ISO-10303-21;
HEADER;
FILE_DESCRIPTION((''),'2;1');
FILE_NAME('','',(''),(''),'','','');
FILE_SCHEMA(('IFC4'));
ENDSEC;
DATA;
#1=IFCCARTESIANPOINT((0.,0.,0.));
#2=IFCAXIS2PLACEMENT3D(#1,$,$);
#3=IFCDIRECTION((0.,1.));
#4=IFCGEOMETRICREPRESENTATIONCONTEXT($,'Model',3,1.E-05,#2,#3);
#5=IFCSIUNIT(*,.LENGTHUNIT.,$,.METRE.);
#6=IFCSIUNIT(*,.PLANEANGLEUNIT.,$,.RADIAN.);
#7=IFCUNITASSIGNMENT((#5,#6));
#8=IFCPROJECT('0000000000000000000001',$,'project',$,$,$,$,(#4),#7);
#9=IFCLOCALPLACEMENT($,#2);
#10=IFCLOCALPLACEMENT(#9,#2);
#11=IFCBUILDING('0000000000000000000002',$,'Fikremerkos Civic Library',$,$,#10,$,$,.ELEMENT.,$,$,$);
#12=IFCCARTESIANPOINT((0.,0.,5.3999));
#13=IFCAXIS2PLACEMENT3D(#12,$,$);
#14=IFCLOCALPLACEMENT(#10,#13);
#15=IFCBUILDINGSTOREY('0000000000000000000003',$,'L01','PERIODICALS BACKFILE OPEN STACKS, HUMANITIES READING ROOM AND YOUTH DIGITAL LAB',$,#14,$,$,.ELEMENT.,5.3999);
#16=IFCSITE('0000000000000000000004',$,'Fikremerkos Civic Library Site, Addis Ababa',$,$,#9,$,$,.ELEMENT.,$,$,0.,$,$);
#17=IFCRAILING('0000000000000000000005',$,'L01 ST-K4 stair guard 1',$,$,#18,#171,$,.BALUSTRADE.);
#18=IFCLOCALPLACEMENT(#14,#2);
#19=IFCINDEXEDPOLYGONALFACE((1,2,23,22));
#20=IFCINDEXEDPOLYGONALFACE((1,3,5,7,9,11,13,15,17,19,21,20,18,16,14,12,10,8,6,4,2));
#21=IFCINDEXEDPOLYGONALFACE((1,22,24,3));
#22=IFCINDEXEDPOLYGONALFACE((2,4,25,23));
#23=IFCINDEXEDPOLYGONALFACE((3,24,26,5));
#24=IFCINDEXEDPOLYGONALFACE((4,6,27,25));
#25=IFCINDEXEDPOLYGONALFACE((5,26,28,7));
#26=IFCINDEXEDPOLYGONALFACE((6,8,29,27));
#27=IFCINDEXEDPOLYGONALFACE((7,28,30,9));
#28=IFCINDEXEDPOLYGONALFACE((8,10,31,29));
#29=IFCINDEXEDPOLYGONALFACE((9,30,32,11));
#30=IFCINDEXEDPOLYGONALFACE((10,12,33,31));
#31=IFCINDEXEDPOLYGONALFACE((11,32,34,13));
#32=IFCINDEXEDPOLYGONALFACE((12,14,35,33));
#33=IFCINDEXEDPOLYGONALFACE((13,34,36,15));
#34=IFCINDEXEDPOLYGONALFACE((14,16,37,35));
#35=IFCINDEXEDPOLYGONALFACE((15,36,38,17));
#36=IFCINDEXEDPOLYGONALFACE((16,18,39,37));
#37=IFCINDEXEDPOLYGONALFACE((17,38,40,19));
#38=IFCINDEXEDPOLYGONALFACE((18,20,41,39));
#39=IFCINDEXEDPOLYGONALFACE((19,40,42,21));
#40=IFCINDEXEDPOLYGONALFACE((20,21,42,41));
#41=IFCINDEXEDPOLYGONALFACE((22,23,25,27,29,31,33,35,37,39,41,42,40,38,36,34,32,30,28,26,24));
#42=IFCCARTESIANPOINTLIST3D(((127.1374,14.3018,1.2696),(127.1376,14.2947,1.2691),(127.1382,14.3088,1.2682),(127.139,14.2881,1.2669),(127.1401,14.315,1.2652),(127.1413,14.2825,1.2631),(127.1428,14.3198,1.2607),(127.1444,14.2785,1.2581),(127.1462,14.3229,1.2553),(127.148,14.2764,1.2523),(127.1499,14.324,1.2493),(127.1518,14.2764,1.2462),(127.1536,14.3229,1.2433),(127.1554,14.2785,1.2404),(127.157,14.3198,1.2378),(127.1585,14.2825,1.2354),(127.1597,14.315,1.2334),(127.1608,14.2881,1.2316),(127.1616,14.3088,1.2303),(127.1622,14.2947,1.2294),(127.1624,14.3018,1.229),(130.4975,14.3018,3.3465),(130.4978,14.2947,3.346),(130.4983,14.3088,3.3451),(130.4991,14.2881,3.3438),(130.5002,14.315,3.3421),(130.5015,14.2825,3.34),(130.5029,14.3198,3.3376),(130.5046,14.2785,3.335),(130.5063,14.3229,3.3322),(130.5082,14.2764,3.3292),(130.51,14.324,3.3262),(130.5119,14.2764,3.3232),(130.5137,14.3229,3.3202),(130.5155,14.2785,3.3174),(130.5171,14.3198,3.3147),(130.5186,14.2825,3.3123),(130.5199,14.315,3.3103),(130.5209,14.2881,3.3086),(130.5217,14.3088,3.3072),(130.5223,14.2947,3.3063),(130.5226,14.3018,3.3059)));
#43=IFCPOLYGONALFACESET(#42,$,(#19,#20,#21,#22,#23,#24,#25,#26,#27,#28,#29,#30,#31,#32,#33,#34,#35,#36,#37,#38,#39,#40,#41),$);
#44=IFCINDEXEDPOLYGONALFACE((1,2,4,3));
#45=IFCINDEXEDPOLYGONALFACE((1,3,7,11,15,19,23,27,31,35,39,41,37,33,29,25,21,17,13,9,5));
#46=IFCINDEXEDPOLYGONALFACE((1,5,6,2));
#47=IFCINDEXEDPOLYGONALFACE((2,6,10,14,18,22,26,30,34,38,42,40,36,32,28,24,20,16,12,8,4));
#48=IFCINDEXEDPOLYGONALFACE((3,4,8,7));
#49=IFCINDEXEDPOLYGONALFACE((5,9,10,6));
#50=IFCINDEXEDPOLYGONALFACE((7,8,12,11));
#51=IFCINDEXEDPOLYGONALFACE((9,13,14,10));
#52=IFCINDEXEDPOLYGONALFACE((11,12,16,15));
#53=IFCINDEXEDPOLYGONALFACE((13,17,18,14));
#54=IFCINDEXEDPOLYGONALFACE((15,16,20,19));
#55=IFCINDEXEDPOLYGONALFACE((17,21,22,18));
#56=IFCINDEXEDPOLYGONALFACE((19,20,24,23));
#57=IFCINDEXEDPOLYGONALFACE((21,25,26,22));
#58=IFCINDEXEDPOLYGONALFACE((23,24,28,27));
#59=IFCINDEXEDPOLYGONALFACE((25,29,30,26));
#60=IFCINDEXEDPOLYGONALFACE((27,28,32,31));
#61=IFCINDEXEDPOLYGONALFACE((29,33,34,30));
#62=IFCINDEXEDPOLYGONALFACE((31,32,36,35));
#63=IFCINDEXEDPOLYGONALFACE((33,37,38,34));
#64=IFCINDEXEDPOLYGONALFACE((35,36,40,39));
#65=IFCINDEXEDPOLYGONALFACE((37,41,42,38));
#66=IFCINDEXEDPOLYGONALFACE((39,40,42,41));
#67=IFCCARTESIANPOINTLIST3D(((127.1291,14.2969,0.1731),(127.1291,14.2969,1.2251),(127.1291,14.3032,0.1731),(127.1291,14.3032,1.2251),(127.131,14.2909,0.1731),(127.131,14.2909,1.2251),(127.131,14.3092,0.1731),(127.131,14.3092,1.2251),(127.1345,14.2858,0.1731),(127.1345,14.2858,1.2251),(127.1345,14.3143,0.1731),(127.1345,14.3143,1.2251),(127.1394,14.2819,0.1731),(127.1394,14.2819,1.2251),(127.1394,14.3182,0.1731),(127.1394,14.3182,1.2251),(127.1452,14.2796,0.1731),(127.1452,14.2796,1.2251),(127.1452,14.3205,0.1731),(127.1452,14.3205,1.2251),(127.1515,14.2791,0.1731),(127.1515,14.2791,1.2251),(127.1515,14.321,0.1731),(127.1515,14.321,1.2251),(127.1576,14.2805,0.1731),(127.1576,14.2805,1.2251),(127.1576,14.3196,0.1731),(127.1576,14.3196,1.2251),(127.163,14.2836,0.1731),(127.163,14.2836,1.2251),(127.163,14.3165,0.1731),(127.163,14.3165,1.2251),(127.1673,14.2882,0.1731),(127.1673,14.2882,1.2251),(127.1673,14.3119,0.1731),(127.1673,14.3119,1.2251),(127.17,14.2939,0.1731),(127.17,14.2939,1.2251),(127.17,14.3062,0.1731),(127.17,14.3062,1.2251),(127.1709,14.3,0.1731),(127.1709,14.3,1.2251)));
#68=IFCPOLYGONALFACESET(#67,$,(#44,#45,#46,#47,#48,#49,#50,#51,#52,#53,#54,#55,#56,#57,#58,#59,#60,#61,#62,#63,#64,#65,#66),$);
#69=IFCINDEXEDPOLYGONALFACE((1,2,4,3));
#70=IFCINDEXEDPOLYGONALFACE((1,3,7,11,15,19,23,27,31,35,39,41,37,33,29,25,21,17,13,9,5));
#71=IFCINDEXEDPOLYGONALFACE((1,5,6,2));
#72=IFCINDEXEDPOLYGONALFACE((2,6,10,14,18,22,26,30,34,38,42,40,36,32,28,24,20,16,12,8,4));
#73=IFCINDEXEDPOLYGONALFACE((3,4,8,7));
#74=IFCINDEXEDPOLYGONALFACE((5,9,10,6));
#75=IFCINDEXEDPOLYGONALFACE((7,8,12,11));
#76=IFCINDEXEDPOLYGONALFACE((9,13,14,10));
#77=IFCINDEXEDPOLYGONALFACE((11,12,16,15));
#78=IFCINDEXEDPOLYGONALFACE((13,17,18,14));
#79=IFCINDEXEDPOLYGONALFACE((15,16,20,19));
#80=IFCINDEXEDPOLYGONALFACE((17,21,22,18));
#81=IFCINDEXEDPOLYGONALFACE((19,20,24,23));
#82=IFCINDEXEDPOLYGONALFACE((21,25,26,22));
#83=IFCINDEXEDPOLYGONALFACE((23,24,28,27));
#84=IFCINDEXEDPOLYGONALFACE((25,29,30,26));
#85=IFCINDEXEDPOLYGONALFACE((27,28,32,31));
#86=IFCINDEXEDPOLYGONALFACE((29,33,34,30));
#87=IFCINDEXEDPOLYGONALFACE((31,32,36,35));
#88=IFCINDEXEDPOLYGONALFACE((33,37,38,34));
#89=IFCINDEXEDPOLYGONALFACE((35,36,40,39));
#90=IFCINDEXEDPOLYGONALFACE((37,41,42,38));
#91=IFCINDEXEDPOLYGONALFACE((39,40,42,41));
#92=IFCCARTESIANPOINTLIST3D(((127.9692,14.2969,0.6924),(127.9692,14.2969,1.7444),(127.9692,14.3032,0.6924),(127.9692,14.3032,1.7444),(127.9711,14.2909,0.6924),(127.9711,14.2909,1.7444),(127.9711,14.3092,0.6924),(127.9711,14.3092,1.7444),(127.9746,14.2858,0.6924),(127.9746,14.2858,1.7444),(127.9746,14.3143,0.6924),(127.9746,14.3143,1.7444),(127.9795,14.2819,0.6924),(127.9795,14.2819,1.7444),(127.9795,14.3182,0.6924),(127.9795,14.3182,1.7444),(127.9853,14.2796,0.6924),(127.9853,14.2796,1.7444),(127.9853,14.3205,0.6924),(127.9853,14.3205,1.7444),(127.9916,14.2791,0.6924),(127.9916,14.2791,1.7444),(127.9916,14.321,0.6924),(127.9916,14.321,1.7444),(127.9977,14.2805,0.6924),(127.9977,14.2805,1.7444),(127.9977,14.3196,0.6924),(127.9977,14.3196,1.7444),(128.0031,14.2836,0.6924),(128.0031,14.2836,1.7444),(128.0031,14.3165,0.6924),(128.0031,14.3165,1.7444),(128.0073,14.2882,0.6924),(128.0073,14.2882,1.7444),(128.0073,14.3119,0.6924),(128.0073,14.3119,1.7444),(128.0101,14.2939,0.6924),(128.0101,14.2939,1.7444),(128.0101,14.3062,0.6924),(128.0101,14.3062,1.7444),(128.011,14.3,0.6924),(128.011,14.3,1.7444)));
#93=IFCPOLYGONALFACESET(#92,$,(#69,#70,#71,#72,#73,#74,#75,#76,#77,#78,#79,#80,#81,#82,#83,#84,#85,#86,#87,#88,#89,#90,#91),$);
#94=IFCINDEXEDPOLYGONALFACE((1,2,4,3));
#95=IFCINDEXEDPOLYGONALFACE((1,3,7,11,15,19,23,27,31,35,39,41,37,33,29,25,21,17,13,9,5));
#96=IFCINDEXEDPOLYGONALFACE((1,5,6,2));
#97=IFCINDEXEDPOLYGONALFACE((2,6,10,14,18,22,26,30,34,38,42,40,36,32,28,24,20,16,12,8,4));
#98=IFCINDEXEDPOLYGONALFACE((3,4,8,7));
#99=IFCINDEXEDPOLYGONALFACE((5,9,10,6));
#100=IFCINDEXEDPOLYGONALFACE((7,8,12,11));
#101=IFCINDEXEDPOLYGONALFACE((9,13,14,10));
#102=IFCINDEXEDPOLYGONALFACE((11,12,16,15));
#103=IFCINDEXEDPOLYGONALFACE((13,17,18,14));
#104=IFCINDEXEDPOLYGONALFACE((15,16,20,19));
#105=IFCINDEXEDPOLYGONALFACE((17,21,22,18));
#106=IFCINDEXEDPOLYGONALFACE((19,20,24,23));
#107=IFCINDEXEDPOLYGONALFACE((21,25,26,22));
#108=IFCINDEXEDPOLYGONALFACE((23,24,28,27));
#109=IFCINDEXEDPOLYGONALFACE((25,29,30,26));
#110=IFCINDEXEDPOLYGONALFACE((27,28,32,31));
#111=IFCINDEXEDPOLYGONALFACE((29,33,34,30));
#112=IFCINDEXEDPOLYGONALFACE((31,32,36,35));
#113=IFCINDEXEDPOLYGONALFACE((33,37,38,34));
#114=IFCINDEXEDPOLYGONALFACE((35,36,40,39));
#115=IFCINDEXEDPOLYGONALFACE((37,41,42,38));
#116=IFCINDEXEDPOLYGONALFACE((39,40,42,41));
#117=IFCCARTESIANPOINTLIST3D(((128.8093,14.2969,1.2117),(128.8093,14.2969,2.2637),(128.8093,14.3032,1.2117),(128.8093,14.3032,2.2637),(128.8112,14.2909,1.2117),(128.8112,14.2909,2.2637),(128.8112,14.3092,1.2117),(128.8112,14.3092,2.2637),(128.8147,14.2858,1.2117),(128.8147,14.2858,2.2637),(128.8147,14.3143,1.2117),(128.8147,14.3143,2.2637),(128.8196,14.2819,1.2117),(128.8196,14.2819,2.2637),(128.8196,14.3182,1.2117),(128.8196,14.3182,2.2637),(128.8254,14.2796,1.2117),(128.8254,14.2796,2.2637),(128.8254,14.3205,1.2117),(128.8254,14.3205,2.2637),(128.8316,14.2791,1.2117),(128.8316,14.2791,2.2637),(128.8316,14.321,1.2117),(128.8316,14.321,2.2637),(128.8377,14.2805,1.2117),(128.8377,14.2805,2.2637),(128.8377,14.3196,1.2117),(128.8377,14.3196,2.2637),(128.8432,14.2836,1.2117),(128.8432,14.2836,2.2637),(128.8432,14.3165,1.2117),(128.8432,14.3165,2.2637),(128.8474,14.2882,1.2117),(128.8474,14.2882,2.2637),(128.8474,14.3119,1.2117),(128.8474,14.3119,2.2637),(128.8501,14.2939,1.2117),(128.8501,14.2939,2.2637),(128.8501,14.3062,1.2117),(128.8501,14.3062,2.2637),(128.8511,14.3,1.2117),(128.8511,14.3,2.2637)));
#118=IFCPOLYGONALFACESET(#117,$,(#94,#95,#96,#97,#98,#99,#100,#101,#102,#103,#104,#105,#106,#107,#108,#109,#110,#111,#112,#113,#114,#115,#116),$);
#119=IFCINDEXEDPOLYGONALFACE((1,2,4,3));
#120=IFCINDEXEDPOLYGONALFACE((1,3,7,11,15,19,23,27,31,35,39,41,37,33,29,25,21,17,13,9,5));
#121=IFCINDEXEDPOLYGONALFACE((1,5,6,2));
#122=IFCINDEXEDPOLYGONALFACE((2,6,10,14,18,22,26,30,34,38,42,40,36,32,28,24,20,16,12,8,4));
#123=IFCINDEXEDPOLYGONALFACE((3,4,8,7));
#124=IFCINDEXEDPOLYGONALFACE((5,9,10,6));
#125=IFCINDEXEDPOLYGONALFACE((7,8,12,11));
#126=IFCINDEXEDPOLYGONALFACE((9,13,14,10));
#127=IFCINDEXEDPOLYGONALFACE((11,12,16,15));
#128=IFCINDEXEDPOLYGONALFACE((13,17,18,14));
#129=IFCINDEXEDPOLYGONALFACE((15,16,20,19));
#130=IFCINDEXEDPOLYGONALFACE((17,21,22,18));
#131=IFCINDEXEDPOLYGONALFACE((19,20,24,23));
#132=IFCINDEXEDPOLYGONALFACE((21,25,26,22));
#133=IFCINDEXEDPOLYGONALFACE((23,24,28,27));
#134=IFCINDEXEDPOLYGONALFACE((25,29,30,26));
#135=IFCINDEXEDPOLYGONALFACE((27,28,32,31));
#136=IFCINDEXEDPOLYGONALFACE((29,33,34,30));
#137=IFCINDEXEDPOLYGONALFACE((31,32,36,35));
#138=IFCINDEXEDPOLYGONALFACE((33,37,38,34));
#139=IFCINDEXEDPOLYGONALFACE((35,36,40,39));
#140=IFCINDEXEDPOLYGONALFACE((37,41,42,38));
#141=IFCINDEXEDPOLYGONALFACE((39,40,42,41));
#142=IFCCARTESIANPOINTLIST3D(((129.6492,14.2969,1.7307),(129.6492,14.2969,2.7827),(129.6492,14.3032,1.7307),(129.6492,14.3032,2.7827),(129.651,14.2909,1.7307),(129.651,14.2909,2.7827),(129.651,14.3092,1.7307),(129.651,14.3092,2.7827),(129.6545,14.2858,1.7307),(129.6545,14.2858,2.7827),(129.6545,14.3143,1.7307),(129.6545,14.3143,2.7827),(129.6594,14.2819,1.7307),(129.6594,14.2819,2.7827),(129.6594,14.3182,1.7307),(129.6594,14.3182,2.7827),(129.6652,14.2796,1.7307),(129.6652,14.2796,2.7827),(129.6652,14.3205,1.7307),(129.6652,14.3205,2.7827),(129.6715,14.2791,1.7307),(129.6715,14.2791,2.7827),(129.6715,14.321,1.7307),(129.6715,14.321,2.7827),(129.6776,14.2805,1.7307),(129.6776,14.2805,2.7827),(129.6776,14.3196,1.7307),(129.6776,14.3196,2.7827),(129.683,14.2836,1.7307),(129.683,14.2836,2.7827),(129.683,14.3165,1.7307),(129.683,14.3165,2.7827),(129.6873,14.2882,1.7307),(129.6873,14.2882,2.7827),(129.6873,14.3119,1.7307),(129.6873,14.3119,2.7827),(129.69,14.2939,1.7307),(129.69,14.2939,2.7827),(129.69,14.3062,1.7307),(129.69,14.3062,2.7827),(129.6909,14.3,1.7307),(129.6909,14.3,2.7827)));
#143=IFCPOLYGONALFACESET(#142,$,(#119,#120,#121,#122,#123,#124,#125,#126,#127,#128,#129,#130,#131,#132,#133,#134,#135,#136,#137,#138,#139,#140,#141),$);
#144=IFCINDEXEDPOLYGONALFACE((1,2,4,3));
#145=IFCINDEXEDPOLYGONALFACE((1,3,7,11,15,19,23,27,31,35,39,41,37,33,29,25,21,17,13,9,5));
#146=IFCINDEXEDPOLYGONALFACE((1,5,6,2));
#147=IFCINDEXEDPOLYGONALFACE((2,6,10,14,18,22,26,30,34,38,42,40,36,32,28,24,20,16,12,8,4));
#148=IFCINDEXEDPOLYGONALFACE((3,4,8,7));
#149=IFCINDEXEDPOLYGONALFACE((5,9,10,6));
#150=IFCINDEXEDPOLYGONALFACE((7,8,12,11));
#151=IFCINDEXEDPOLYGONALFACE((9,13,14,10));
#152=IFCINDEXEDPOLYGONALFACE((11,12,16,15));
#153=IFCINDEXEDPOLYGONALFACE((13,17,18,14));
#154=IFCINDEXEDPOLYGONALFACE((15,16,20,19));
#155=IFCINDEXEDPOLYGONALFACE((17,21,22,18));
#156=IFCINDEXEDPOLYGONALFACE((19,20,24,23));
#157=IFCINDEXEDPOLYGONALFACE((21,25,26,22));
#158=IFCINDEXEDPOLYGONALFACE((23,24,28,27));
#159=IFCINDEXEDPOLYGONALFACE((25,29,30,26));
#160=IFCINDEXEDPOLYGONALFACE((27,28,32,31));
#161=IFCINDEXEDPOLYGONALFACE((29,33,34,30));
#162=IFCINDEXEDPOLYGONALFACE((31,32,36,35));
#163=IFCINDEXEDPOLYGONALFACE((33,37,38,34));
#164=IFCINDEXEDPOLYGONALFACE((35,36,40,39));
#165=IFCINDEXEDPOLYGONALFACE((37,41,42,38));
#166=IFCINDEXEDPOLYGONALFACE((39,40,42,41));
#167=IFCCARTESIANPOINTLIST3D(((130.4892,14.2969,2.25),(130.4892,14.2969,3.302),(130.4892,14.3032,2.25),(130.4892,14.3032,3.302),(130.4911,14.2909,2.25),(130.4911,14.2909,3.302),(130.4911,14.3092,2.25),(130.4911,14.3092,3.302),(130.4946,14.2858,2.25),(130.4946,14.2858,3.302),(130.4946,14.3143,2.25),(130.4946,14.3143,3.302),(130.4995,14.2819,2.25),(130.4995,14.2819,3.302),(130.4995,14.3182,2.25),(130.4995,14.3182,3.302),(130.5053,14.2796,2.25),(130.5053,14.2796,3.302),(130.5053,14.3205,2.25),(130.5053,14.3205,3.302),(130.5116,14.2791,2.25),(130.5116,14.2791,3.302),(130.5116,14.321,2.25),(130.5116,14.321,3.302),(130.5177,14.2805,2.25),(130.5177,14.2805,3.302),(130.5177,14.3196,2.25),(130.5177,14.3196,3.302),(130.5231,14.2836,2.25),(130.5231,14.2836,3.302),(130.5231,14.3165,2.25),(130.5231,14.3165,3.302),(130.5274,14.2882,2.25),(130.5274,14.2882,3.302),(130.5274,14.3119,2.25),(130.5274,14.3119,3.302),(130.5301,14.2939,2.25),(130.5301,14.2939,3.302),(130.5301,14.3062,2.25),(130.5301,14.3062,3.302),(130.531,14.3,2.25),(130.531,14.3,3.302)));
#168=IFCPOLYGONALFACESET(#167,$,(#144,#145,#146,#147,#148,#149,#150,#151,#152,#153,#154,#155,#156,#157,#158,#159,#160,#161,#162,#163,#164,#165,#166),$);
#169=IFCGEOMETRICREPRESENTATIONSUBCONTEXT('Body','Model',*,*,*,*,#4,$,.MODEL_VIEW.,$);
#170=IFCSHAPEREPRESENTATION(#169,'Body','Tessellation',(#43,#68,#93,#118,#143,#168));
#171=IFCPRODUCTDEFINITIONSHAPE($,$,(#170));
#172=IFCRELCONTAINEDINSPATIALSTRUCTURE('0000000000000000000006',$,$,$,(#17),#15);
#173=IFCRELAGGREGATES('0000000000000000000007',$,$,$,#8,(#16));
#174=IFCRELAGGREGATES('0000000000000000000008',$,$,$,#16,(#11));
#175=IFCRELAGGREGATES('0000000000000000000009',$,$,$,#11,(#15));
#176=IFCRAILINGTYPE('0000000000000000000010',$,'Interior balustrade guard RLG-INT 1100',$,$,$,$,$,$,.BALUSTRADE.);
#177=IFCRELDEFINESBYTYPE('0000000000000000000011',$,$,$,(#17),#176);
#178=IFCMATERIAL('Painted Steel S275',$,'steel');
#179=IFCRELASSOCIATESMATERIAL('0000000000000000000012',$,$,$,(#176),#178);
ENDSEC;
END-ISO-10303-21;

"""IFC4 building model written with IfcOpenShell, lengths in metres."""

from ifc_helpers import new_model, si_unit, direction, frame, origin, origin_2d, place, context, subcontext, project, spatial, circle, extrude, material, type_object, element, save


model = new_model("IFC4")

# Units and contexts
model_context = context("Model", 3, precision=1e-05, world=origin(), true_north=direction((0.0, 1.0)))
body_context = subcontext(model_context, "Body", "Model", "MODEL_VIEW")
ifc_project = project(units=[si_unit("LENGTHUNIT", "METRE"), si_unit("PLANEANGLEUNIT", "RADIAN")], contexts=[model_context])

# Site, building, storey
site_placement = place(None, origin())
site = spatial("IfcSite", under=ifc_project, at=site_placement, Name="Fikremerkos Civic Library Site, Addis Ababa", CompositionType="ELEMENT", RefElevation=0.0)
building_placement = place(site_placement, origin())
building = spatial("IfcBuilding", under=site, at=building_placement, Name="Fikremerkos Civic Library", CompositionType="ELEMENT")
storey_placement = place(building_placement, frame((0.0, 0.0, 5.3999)))
storey = spatial("IfcBuildingStorey", under=building, at=storey_placement, Name="L01", Description="PERIODICALS BACKFILE OPEN STACKS, HUMANITIES READING ROOM AND YOUTH DIGITAL LAB", CompositionType="ELEMENT", Elevation=5.3999)

# Railing
ifc_material_1 = material(Name="Painted Steel S275", Category="steel")
railing_type_1 = type_object("IfcRailingType", Name="Interior balustrade guard RLG-INT 1100", PredefinedType="BALUSTRADE", material=ifc_material_1)
railing_1_placement = place(storey_placement, frame((127.1499, 14.3, 0.1731)))
element("IfcRailing", 1, at=railing_1_placement, inside=storey, type_object=railing_type_1, Name="L01 ST-K4 stair guard 1", PredefinedType="BALUSTRADE", context=body_context, shape_type="SweptSolid", body=[
    extrude(circle(Radius=0.0239, at=origin_2d()), frame((0.0, 0.0, 1.0762), z_axis=(0.850623, 0.0, 0.525776), x_axis=(0.0, 1.0, 0.0)), (0.0, 0.0, 1.0), 3.9502),
    extrude(circle(Radius=0.021, at=origin_2d()), origin(), (0.0, 0.0, 1.0), 1.052),
    extrude(circle(Radius=0.021, at=origin_2d()), frame((0.8401, 0.0, 0.5193)), (0.0, 0.0, 1.0), 1.052),
    extrude(circle(Radius=0.021, at=origin_2d()), frame((1.6802, 0.0, 1.0386)), (0.0, 0.0, 1.0), 1.052),
    extrude(circle(Radius=0.021, at=origin_2d()), frame((2.52, 0.0, 1.5576)), (0.0, 0.0, 1.0), 1.052),
    extrude(circle(Radius=0.021, at=origin_2d()), frame((3.3601, 0.0, 2.0769)), (0.0, 0.0, 1.0), 1.052),
])

save(model, "model.ifc")
